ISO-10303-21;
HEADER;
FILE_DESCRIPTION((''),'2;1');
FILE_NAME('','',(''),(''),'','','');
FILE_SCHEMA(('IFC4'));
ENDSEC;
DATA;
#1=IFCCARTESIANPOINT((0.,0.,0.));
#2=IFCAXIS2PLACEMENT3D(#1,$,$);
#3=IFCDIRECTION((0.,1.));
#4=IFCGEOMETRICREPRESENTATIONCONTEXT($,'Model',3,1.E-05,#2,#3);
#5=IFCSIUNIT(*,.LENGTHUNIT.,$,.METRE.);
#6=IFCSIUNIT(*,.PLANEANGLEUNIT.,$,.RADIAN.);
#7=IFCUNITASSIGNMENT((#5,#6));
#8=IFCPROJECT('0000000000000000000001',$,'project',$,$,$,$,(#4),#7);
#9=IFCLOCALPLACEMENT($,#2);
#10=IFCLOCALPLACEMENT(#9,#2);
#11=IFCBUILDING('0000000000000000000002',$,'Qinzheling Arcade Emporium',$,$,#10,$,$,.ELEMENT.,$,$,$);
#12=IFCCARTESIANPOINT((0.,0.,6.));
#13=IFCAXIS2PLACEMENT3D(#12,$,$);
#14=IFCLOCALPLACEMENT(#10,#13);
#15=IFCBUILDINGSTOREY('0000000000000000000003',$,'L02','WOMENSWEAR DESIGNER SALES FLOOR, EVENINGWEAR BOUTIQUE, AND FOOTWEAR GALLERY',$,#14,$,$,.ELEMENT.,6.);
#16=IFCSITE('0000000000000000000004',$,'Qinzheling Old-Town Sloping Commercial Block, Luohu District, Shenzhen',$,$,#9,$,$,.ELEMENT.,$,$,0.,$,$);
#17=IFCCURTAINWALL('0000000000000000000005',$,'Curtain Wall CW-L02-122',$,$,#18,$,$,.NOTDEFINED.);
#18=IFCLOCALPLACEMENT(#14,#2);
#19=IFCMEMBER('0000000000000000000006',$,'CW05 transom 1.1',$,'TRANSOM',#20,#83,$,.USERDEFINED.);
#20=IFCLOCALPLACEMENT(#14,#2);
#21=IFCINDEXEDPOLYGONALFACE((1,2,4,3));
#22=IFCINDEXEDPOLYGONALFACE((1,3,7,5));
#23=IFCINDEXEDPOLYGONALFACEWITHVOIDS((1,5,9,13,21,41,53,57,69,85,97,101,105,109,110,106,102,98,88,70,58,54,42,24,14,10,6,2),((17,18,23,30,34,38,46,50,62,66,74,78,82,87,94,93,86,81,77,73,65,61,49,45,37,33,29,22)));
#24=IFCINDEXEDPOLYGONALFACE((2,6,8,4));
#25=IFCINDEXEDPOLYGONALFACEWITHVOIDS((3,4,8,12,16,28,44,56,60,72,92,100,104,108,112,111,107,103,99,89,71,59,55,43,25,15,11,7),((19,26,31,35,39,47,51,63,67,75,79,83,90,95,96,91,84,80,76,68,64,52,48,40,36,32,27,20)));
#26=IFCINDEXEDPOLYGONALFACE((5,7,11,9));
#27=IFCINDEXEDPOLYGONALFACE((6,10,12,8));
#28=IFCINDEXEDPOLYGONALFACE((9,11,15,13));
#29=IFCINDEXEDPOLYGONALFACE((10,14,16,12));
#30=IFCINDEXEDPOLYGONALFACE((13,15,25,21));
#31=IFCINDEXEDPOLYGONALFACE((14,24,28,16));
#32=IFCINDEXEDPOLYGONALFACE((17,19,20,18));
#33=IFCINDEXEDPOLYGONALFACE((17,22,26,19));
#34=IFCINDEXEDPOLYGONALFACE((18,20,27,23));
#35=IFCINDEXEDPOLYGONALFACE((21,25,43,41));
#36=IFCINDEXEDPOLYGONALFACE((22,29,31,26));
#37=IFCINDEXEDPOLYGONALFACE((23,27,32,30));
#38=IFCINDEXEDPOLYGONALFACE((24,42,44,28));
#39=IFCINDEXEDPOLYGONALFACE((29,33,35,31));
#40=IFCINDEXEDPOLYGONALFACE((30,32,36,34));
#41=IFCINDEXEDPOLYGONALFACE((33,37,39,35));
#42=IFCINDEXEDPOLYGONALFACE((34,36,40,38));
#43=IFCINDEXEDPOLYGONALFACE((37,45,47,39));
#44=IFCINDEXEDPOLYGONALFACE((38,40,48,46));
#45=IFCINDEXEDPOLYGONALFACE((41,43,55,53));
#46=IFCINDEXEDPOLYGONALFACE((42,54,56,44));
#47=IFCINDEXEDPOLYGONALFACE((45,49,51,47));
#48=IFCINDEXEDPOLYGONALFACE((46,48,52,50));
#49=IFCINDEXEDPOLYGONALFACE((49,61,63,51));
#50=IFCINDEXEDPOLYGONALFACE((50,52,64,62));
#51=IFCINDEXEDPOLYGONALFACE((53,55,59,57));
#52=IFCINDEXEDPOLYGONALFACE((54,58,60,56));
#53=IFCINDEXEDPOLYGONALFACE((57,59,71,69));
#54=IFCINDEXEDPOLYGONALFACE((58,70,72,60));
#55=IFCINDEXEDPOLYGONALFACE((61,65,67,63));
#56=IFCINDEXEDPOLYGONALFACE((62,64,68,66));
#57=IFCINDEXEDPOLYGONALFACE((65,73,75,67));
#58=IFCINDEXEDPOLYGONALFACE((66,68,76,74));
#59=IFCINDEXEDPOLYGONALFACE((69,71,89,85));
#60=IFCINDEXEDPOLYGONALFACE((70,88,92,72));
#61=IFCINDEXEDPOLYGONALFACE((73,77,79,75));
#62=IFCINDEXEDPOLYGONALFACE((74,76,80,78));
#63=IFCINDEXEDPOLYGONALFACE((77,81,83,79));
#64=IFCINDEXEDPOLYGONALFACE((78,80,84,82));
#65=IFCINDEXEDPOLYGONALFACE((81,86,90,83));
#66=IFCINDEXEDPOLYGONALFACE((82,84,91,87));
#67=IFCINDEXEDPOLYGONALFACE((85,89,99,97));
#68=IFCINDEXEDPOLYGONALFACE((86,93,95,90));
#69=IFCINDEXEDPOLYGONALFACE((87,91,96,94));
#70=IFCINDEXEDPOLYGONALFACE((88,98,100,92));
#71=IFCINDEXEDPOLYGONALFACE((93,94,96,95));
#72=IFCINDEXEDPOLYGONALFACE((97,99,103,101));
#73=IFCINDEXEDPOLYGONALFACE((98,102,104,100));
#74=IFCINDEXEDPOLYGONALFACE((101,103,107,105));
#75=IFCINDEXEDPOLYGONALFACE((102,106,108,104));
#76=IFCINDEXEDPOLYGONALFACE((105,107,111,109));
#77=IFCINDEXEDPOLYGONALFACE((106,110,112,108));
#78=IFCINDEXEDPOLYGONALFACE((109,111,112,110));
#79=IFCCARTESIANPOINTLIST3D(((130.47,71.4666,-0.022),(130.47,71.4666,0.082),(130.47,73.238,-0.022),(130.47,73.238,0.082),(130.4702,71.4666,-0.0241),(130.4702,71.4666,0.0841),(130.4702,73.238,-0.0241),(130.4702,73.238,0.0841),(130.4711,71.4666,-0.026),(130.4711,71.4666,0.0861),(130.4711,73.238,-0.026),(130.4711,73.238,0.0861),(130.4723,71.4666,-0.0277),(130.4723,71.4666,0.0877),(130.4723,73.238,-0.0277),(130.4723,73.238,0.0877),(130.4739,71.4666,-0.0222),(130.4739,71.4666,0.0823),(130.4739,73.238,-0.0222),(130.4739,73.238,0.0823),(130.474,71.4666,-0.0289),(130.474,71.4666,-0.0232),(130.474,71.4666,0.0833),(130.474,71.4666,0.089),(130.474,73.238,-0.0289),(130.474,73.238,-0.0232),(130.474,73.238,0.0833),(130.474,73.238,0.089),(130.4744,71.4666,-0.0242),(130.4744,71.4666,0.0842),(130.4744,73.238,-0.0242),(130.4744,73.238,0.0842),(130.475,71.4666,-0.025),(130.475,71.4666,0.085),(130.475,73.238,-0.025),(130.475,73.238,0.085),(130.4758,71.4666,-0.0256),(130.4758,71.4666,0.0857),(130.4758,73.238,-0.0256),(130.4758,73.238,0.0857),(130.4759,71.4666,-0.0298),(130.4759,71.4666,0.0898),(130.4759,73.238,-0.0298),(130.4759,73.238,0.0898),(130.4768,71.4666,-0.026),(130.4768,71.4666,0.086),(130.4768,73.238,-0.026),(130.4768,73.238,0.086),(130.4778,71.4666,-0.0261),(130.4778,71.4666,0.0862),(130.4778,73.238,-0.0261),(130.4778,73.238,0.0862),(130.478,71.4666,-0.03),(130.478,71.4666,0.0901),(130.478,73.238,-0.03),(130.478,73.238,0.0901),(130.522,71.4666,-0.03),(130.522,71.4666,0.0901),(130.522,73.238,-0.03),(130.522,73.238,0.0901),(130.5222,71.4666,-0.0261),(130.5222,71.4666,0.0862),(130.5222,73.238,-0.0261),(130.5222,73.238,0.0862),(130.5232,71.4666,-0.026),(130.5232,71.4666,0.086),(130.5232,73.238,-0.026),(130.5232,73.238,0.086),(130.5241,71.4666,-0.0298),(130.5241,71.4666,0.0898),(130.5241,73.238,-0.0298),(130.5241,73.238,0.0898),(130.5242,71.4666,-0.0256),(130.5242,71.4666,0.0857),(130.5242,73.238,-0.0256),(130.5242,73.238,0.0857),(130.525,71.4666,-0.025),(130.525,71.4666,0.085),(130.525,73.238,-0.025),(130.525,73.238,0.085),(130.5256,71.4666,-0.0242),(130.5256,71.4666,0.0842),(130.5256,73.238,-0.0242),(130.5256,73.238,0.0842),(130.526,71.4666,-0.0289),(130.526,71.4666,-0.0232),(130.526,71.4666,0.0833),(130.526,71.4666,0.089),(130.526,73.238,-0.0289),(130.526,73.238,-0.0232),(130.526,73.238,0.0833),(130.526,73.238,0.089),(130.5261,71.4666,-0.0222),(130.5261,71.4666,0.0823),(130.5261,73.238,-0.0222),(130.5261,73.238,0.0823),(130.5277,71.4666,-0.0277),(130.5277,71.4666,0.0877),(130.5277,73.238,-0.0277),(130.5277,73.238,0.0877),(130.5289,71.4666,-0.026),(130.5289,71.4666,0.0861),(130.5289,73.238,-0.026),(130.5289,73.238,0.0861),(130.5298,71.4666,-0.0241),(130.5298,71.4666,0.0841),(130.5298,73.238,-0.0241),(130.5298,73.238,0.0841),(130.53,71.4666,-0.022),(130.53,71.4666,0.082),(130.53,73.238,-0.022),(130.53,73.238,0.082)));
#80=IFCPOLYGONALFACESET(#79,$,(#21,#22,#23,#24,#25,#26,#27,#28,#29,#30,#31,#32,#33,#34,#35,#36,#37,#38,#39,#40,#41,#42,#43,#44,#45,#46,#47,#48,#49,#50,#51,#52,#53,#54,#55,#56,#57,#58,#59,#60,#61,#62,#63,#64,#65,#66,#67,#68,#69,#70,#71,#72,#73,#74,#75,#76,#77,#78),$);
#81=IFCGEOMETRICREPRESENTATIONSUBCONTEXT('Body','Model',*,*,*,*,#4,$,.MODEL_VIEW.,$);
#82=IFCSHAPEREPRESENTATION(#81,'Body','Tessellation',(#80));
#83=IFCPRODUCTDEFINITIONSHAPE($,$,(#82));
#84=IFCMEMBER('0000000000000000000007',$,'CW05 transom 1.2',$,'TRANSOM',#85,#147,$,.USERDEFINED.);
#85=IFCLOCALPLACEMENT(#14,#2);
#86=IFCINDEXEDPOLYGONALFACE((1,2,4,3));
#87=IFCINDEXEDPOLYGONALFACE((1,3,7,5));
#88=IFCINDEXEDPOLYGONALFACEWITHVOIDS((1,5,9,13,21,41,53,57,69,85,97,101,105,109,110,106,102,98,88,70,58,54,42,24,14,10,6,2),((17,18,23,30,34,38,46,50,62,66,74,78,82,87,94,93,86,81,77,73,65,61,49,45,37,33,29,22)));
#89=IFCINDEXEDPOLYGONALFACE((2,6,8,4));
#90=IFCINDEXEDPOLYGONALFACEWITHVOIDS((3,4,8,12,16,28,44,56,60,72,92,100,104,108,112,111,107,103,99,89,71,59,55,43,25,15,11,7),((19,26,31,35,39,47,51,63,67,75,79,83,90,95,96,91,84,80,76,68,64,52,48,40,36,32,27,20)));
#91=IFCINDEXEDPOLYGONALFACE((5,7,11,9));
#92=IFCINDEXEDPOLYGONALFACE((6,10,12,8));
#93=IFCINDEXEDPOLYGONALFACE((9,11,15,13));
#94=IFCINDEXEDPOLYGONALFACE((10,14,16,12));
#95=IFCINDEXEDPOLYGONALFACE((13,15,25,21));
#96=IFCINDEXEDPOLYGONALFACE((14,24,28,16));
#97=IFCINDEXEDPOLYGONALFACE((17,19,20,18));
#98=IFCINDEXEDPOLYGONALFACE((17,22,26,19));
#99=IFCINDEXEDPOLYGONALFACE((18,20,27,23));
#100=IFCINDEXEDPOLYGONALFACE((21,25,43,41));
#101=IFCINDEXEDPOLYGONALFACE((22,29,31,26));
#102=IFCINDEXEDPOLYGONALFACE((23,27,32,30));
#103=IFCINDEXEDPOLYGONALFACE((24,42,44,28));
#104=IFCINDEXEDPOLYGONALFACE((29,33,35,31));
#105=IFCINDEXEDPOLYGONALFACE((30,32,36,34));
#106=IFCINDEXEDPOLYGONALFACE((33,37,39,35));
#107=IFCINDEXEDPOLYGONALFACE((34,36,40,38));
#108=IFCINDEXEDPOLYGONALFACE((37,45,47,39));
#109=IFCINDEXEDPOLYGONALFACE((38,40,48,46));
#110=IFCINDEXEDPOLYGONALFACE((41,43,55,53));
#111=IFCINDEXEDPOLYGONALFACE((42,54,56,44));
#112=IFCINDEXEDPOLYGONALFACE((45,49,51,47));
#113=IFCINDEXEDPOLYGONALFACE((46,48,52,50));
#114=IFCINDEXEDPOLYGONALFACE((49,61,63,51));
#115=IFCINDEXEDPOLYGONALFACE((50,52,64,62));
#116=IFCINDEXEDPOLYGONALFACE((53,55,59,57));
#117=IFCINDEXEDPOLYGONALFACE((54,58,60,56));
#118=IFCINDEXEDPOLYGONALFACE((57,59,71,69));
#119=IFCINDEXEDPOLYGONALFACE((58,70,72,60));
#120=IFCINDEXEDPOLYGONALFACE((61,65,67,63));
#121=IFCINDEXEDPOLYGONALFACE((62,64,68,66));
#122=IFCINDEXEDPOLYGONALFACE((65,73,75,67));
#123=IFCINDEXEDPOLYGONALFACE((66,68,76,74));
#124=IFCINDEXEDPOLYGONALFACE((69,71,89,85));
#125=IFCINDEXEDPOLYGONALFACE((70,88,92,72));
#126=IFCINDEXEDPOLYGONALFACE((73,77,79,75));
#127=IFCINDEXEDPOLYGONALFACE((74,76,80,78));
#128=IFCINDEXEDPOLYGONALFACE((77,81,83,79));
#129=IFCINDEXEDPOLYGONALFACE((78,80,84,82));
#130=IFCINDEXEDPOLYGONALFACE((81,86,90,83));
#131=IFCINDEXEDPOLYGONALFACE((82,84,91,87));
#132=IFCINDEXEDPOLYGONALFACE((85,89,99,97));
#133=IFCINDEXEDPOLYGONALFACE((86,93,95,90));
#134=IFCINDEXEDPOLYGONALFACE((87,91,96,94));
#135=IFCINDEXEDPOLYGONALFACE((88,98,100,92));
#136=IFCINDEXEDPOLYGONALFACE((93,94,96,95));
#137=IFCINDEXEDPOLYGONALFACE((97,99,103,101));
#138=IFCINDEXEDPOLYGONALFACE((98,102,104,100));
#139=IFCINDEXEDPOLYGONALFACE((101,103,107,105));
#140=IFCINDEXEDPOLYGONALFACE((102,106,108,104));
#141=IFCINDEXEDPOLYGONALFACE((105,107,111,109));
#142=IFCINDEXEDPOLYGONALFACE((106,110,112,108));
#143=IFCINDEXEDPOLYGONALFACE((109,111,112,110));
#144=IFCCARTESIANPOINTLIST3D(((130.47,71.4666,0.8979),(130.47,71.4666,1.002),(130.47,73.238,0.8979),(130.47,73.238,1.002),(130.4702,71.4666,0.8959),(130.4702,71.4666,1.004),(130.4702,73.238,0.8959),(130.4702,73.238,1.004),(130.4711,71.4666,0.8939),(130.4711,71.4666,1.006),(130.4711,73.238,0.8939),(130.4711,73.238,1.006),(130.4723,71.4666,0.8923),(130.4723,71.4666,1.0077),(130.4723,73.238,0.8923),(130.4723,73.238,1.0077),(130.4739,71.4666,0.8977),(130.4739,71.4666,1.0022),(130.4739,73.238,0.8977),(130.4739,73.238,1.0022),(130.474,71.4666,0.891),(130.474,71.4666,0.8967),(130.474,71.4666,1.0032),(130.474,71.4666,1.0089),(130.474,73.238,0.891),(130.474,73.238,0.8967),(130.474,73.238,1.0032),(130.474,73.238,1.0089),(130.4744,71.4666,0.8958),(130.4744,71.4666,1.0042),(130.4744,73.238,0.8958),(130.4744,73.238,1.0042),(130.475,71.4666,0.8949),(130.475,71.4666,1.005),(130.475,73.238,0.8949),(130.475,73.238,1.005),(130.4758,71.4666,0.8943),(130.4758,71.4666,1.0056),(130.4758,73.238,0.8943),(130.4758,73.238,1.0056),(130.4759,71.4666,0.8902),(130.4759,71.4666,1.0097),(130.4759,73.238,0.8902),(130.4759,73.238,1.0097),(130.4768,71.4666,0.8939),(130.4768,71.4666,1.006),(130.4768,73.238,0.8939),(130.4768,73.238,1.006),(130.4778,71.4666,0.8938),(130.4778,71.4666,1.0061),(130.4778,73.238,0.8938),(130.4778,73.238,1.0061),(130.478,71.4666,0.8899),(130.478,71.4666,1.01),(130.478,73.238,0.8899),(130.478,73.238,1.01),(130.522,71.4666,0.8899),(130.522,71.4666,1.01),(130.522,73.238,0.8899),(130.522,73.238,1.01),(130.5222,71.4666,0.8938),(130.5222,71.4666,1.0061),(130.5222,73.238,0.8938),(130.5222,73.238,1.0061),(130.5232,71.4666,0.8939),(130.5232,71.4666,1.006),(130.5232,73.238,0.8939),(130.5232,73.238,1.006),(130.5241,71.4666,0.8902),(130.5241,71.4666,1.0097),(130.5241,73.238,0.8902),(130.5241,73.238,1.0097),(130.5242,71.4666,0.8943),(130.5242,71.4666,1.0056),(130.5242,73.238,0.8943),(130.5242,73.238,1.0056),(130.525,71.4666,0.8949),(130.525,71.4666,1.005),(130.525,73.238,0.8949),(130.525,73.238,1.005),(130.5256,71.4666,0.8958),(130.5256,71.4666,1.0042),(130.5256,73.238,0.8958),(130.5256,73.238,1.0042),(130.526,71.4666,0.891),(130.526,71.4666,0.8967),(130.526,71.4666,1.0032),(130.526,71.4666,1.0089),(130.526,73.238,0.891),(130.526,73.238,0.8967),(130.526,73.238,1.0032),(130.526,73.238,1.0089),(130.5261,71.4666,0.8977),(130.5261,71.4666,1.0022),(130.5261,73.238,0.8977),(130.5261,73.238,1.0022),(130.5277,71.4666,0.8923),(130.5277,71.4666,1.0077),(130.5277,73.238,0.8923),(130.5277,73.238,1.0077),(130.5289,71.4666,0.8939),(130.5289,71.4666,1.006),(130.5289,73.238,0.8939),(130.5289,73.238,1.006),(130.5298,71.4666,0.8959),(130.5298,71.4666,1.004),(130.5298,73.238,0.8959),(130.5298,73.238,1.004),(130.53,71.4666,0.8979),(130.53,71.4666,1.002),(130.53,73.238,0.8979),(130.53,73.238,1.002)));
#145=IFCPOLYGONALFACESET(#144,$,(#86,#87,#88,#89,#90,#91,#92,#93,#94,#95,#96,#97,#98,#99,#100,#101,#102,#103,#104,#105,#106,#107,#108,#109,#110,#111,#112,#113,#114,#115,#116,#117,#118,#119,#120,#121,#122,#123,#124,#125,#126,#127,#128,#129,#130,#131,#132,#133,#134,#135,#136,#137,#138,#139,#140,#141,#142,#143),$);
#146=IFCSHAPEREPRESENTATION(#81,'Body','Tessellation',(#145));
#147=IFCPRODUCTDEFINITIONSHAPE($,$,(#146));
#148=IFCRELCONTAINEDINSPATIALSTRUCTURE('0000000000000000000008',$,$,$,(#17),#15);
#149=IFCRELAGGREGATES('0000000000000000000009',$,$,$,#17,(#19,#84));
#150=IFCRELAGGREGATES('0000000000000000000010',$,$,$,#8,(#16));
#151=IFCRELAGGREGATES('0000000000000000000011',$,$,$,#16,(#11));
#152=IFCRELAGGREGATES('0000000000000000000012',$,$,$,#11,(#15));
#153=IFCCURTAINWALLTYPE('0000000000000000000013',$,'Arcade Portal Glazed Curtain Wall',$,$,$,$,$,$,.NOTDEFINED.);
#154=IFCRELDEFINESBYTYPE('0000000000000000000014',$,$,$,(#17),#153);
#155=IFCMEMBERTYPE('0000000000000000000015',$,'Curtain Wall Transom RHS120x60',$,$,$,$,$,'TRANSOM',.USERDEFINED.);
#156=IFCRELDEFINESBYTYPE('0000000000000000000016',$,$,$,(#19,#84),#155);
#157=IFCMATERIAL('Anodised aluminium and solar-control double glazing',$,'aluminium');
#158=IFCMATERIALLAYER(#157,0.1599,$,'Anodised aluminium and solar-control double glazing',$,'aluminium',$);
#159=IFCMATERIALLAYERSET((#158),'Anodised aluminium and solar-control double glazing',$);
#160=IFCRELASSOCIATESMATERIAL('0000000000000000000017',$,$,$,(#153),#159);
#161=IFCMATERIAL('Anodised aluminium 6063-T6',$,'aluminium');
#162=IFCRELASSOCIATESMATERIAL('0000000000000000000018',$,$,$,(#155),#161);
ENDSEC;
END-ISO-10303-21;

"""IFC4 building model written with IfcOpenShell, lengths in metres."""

from ifc_helpers import new_model, si_unit, direction, frame, origin, origin_2d, place, context, subcontext, project, spatial, hollow_rectangle, extrude, material, layer, layer_set, material_profile, profile_set, type_object, element, aggregate, save


model = new_model("IFC4")

# Units and contexts
model_context = context("Model", 3, precision=1e-05, world=origin(), true_north=direction((0.0, 1.0)))
body_context = subcontext(model_context, "Body", "Model", "MODEL_VIEW")
ifc_project = project(units=[si_unit("LENGTHUNIT", "METRE"), si_unit("PLANEANGLEUNIT", "RADIAN")], contexts=[model_context])

# Site, building, storey
site_placement = place(None, origin())
site = spatial("IfcSite", under=ifc_project, at=site_placement, Name="Qinzheling Old-Town Sloping Commercial Block, Luohu District, Shenzhen", CompositionType="ELEMENT", RefElevation=0.0)
building_placement = place(site_placement, origin())
building = spatial("IfcBuilding", under=site, at=building_placement, Name="Qinzheling Arcade Emporium", CompositionType="ELEMENT")
storey_placement = place(building_placement, frame((0.0, 0.0, 6.0)))
storey = spatial("IfcBuildingStorey", under=building, at=storey_placement, Name="L02", Description="WOMENSWEAR DESIGNER SALES FLOOR, EVENINGWEAR BOUTIQUE, AND FOOTWEAR GALLERY", CompositionType="ELEMENT", Elevation=6.0)

# Shared definitions
ifc_material_1 = material(Name="Anodised aluminium and solar-control double glazing", Category="aluminium")
ifc_material_2 = material(Name="Anodised aluminium 6063-T6", Category="aluminium")

# Curtain wall
ifc_layer_1 = layer(ifc_material_1, 0.1599, Name="Anodised aluminium and solar-control double glazing", Category="aluminium")
ifc_layer_set_1 = layer_set([ifc_layer_1], Name="Anodised aluminium and solar-control double glazing")
curtain_wall_type_1 = type_object("IfcCurtainWallType", Name="Arcade Portal Glazed Curtain Wall", PredefinedType="NOTDEFINED", material=ifc_layer_set_1)
curtain_wall_1_placement = place(storey_placement, origin())
curtain_wall_1 = element("IfcCurtainWall", 1, at=curtain_wall_1_placement, inside=storey, type_object=curtain_wall_type_1, Name="Curtain Wall CW-L02-122", PredefinedType="NOTDEFINED")

# Members
ifc_material_profile_1 = material_profile(ifc_material_2, hollow_rectangle(XDim=0.0601, YDim=0.1201, WallThickness=0.0039, InnerFilletRadius=0.0039, OuterFilletRadius=0.0081, at=origin_2d()), Name="RHS 120x60x4", Category="aluminium")
ifc_profile_set_1 = profile_set([ifc_material_profile_1], Name="Anodised aluminium 6063-T6")
member_type_1 = type_object("IfcMemberType", Name="Curtain Wall Transom RHS120x60", ElementType="TRANSOM", PredefinedType="USERDEFINED", material=ifc_profile_set_1)
member_1_placement = place(storey_placement, frame((130.5, 73.238, 0.03), z_axis=(0.0, -1.0, 0.0), x_axis=(1.0, 0.0, 0.0)))
member_1 = element("IfcMember", 2, at=member_1_placement, type_object=member_type_1, Name="CW05 transom 1.1", ObjectType="TRANSOM", PredefinedType="USERDEFINED", context=body_context, shape_type="SweptSolid", body=[
    extrude(hollow_rectangle(XDim=0.0601, YDim=0.1201, WallThickness=0.0039, InnerFilletRadius=0.0039, OuterFilletRadius=0.0081, at=origin_2d()), origin(), (0.0, 0.0, 1.0), 1.7715),
])
member_2_placement = place(storey_placement, frame((130.5, 73.238, 0.95), z_axis=(0.0, -1.0, 0.0), x_axis=(1.0, 0.0, 0.0)))
member_2 = element("IfcMember", 3, at=member_2_placement, type_object=member_type_1, Name="CW05 transom 1.2", ObjectType="TRANSOM", PredefinedType="USERDEFINED", context=body_context, shape_type="SweptSolid", body=[
    extrude(hollow_rectangle(XDim=0.0601, YDim=0.1201, WallThickness=0.0039, InnerFilletRadius=0.0039, OuterFilletRadius=0.0081, at=origin_2d()), origin(), (0.0, 0.0, 1.0), 1.7715),
])

aggregate(curtain_wall_1, [member_1, member_2])

save(model, "model.ifc")
